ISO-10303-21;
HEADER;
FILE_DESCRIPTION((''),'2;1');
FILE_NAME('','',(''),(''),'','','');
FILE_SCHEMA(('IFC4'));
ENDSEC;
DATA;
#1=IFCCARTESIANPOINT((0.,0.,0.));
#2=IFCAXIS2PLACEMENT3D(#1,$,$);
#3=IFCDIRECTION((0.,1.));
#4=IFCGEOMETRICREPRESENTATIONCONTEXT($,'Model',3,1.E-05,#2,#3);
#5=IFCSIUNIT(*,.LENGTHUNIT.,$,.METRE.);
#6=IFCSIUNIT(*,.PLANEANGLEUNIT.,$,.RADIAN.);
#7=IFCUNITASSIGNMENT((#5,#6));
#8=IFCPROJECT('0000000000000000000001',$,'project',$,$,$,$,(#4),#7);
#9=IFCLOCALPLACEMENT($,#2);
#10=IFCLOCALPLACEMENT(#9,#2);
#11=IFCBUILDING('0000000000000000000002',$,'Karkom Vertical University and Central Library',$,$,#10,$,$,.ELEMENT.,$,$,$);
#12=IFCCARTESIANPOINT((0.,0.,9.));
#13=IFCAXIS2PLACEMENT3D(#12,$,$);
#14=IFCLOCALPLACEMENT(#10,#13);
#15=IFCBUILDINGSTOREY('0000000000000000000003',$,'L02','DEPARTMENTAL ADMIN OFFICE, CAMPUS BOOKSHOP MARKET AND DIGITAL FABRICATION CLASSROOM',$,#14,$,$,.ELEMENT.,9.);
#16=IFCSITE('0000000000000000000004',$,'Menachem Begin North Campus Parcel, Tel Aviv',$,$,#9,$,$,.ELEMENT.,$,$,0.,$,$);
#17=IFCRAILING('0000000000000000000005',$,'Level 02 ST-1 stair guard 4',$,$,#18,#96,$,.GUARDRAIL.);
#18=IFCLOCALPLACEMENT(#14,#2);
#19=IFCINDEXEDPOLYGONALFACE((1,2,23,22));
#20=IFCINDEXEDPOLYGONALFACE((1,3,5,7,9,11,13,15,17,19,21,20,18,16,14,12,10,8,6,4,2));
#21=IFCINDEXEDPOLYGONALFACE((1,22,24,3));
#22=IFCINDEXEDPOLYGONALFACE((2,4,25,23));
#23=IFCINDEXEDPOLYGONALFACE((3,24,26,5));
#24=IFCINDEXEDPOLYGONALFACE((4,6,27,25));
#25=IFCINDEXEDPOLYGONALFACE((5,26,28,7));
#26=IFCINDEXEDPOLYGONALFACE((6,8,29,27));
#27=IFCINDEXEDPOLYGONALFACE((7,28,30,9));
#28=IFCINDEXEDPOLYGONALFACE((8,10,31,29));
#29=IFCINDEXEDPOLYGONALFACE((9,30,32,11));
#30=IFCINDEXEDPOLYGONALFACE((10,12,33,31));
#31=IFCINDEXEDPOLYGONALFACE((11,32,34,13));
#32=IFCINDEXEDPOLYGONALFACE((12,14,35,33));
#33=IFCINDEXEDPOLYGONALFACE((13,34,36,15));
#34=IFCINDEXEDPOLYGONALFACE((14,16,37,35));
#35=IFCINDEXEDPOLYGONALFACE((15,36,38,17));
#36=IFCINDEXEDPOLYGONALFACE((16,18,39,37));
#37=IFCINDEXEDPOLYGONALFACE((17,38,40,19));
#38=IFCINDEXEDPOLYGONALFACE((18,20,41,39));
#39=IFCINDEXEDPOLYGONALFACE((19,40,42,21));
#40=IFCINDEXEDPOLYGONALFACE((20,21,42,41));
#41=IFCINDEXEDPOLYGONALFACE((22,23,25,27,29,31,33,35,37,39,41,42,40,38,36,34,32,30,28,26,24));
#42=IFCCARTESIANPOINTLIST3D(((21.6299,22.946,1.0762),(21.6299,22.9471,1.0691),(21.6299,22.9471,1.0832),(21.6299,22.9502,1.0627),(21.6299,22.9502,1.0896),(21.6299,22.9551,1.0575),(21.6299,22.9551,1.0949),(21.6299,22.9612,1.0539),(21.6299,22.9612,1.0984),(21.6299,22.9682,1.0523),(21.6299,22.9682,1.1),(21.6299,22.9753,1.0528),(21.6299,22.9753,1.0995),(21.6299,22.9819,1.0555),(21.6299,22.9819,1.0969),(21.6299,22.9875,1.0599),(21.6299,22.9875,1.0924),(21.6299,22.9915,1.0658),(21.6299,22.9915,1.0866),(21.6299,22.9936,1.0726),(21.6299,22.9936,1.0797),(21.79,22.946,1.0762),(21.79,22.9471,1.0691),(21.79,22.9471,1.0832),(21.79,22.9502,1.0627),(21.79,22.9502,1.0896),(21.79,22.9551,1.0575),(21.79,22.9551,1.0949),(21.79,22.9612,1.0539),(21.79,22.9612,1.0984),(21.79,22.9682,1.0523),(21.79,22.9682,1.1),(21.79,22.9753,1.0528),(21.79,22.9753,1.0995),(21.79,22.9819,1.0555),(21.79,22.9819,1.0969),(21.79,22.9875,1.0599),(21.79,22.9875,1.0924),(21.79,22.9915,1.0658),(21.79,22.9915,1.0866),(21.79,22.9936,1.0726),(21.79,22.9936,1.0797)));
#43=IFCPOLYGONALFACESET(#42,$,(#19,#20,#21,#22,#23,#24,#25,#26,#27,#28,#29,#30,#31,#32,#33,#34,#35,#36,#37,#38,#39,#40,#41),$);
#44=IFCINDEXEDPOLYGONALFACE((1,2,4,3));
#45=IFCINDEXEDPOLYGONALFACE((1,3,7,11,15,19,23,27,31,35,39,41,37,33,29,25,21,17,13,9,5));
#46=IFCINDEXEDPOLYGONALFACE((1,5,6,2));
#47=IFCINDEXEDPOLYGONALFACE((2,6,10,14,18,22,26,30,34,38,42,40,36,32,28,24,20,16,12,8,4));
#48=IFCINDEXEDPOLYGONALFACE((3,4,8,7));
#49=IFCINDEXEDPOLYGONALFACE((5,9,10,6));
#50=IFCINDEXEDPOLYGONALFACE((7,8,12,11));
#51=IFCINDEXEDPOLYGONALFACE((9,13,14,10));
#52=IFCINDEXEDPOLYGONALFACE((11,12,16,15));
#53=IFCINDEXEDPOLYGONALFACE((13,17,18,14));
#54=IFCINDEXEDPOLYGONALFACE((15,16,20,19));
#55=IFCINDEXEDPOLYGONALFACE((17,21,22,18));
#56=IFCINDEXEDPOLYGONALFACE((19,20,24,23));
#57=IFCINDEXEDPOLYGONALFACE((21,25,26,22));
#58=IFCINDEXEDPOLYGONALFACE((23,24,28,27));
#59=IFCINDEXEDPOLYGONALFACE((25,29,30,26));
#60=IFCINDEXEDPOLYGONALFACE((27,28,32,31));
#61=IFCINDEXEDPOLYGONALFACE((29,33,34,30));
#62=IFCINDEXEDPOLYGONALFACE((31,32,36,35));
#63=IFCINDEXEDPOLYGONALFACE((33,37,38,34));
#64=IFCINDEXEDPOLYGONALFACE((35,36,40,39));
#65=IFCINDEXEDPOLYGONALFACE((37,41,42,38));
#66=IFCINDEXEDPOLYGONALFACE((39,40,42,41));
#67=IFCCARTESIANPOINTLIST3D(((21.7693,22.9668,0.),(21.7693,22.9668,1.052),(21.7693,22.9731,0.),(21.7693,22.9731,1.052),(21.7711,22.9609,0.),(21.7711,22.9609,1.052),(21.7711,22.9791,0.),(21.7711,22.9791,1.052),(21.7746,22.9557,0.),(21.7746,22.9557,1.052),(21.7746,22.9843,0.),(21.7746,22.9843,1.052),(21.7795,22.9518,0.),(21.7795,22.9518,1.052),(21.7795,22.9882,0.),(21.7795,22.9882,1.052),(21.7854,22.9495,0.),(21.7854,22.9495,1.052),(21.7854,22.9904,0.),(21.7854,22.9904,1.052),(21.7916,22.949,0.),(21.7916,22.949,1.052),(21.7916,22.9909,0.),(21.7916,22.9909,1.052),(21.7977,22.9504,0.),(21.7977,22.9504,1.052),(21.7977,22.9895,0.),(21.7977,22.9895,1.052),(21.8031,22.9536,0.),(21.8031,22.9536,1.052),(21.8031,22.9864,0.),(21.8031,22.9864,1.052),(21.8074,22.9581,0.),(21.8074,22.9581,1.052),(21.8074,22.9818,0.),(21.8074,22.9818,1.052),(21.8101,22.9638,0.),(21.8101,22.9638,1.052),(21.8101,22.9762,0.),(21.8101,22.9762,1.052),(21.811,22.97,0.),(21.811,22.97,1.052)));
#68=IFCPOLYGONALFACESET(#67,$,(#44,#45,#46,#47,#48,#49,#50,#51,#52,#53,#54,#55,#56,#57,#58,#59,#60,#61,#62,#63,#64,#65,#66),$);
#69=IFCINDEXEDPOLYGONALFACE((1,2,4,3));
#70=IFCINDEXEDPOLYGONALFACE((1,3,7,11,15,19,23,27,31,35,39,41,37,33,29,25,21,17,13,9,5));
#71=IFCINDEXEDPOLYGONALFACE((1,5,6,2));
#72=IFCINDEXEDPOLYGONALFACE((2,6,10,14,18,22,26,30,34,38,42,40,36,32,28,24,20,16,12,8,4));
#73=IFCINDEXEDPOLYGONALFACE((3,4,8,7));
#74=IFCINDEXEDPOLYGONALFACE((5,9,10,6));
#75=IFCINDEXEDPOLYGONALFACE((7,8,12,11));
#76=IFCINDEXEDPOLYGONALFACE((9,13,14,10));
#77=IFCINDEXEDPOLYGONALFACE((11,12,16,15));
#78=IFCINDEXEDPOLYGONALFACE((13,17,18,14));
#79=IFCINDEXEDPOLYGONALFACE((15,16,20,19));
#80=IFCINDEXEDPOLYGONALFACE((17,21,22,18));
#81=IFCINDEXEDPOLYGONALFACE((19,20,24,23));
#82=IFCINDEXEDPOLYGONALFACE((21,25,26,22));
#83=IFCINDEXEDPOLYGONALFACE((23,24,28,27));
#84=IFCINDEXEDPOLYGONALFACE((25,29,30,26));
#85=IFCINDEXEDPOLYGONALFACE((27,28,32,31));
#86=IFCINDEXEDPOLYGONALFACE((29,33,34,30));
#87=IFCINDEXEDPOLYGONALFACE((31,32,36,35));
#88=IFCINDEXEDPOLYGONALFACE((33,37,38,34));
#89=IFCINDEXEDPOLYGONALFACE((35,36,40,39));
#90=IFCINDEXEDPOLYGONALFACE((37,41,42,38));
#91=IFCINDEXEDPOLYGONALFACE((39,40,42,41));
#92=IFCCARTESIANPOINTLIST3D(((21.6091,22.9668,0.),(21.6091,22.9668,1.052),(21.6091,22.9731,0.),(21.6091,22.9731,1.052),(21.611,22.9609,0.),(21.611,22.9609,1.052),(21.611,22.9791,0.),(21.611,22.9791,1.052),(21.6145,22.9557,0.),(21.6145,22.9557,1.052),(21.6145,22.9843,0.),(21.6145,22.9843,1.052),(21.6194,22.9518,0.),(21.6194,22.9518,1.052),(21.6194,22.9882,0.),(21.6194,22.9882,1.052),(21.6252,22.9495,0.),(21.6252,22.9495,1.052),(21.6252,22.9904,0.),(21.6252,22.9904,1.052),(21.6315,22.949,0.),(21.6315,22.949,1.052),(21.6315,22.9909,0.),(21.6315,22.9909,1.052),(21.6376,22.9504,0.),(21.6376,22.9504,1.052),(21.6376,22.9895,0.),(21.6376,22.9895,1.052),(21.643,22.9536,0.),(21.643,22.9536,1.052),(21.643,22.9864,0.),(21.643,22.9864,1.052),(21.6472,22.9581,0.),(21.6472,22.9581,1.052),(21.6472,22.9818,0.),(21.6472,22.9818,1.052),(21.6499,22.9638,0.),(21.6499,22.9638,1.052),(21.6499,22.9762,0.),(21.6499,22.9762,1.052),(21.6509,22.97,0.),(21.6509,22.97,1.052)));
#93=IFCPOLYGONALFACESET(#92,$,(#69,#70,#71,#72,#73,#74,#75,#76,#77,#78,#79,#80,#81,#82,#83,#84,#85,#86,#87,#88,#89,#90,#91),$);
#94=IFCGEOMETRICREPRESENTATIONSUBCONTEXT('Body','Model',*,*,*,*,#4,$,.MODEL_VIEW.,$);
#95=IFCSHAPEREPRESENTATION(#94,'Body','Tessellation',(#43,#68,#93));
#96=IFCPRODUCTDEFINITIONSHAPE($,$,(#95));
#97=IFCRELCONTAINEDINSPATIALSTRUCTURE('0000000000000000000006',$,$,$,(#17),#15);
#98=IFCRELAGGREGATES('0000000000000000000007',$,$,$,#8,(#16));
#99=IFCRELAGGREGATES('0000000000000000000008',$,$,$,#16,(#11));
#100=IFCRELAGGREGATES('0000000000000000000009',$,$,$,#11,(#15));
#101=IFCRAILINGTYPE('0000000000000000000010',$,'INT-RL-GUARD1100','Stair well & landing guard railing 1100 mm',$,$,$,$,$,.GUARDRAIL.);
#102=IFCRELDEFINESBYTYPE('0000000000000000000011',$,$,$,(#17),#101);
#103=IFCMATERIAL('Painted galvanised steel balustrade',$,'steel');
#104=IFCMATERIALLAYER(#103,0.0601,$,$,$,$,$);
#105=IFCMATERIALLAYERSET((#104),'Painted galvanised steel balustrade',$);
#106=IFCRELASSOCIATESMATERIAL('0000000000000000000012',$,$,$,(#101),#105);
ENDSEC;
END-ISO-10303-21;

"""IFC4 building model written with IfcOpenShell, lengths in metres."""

from ifc_helpers import new_model, si_unit, direction, frame, origin, origin_2d, place, context, subcontext, project, spatial, circle, extrude, material, layer, layer_set, type_object, element, save


model = new_model("IFC4")

# Units and contexts
model_context = context("Model", 3, precision=1e-05, world=origin(), true_north=direction((0.0, 1.0)))
body_context = subcontext(model_context, "Body", "Model", "MODEL_VIEW")
ifc_project = project(units=[si_unit("LENGTHUNIT", "METRE"), si_unit("PLANEANGLEUNIT", "RADIAN")], contexts=[model_context])

# Site, building, storey
site_placement = place(None, origin())
site = spatial("IfcSite", under=ifc_project, at=site_placement, Name="Menachem Begin North Campus Parcel, Tel Aviv", CompositionType="ELEMENT", RefElevation=0.0)
building_placement = place(site_placement, origin())
building = spatial("IfcBuilding", under=site, at=building_placement, Name="Karkom Vertical University and Central Library", CompositionType="ELEMENT")
storey_placement = place(building_placement, frame((0.0, 0.0, 9.0)))
storey = spatial("IfcBuildingStorey", under=building, at=storey_placement, Name="L02", Description="DEPARTMENTAL ADMIN OFFICE, CAMPUS BOOKSHOP MARKET AND DIGITAL FABRICATION CLASSROOM", CompositionType="ELEMENT", Elevation=9.0)

# Railing
ifc_material_1 = material(Name="Painted galvanised steel balustrade", Category="steel")
ifc_layer_1 = layer(ifc_material_1, 0.0601)
ifc_layer_set_1 = layer_set([ifc_layer_1], Name="Painted galvanised steel balustrade")
railing_type_1 = type_object("IfcRailingType", Name="INT-RL-GUARD1100", Description="Stair well & landing guard railing 1100 mm", PredefinedType="GUARDRAIL", material=ifc_layer_set_1)
railing_1_placement = place(storey_placement, frame((21.79, 22.97, 0.0)))
element("IfcRailing", 1, at=railing_1_placement, inside=storey, type_object=railing_type_1, Name="Level 02 ST-1 stair guard 4", PredefinedType="GUARDRAIL", context=body_context, shape_type="SweptSolid", body=[
    extrude(circle(Radius=0.0239, at=origin_2d()), frame((0.0, 0.0, 1.0762), z_axis=(-1.0, 0.0, 0.0), x_axis=(0.0, -1.0, 0.0)), (0.0, 0.0, 1.0), 0.1602),
    extrude(circle(Radius=0.021, at=origin_2d()), origin(), (0.0, 0.0, 1.0), 1.052),
    extrude(circle(Radius=0.021, at=origin_2d()), frame((-0.1602, 0.0, 0.0)), (0.0, 0.0, 1.0), 1.052),
])

save(model, "model.ifc")
